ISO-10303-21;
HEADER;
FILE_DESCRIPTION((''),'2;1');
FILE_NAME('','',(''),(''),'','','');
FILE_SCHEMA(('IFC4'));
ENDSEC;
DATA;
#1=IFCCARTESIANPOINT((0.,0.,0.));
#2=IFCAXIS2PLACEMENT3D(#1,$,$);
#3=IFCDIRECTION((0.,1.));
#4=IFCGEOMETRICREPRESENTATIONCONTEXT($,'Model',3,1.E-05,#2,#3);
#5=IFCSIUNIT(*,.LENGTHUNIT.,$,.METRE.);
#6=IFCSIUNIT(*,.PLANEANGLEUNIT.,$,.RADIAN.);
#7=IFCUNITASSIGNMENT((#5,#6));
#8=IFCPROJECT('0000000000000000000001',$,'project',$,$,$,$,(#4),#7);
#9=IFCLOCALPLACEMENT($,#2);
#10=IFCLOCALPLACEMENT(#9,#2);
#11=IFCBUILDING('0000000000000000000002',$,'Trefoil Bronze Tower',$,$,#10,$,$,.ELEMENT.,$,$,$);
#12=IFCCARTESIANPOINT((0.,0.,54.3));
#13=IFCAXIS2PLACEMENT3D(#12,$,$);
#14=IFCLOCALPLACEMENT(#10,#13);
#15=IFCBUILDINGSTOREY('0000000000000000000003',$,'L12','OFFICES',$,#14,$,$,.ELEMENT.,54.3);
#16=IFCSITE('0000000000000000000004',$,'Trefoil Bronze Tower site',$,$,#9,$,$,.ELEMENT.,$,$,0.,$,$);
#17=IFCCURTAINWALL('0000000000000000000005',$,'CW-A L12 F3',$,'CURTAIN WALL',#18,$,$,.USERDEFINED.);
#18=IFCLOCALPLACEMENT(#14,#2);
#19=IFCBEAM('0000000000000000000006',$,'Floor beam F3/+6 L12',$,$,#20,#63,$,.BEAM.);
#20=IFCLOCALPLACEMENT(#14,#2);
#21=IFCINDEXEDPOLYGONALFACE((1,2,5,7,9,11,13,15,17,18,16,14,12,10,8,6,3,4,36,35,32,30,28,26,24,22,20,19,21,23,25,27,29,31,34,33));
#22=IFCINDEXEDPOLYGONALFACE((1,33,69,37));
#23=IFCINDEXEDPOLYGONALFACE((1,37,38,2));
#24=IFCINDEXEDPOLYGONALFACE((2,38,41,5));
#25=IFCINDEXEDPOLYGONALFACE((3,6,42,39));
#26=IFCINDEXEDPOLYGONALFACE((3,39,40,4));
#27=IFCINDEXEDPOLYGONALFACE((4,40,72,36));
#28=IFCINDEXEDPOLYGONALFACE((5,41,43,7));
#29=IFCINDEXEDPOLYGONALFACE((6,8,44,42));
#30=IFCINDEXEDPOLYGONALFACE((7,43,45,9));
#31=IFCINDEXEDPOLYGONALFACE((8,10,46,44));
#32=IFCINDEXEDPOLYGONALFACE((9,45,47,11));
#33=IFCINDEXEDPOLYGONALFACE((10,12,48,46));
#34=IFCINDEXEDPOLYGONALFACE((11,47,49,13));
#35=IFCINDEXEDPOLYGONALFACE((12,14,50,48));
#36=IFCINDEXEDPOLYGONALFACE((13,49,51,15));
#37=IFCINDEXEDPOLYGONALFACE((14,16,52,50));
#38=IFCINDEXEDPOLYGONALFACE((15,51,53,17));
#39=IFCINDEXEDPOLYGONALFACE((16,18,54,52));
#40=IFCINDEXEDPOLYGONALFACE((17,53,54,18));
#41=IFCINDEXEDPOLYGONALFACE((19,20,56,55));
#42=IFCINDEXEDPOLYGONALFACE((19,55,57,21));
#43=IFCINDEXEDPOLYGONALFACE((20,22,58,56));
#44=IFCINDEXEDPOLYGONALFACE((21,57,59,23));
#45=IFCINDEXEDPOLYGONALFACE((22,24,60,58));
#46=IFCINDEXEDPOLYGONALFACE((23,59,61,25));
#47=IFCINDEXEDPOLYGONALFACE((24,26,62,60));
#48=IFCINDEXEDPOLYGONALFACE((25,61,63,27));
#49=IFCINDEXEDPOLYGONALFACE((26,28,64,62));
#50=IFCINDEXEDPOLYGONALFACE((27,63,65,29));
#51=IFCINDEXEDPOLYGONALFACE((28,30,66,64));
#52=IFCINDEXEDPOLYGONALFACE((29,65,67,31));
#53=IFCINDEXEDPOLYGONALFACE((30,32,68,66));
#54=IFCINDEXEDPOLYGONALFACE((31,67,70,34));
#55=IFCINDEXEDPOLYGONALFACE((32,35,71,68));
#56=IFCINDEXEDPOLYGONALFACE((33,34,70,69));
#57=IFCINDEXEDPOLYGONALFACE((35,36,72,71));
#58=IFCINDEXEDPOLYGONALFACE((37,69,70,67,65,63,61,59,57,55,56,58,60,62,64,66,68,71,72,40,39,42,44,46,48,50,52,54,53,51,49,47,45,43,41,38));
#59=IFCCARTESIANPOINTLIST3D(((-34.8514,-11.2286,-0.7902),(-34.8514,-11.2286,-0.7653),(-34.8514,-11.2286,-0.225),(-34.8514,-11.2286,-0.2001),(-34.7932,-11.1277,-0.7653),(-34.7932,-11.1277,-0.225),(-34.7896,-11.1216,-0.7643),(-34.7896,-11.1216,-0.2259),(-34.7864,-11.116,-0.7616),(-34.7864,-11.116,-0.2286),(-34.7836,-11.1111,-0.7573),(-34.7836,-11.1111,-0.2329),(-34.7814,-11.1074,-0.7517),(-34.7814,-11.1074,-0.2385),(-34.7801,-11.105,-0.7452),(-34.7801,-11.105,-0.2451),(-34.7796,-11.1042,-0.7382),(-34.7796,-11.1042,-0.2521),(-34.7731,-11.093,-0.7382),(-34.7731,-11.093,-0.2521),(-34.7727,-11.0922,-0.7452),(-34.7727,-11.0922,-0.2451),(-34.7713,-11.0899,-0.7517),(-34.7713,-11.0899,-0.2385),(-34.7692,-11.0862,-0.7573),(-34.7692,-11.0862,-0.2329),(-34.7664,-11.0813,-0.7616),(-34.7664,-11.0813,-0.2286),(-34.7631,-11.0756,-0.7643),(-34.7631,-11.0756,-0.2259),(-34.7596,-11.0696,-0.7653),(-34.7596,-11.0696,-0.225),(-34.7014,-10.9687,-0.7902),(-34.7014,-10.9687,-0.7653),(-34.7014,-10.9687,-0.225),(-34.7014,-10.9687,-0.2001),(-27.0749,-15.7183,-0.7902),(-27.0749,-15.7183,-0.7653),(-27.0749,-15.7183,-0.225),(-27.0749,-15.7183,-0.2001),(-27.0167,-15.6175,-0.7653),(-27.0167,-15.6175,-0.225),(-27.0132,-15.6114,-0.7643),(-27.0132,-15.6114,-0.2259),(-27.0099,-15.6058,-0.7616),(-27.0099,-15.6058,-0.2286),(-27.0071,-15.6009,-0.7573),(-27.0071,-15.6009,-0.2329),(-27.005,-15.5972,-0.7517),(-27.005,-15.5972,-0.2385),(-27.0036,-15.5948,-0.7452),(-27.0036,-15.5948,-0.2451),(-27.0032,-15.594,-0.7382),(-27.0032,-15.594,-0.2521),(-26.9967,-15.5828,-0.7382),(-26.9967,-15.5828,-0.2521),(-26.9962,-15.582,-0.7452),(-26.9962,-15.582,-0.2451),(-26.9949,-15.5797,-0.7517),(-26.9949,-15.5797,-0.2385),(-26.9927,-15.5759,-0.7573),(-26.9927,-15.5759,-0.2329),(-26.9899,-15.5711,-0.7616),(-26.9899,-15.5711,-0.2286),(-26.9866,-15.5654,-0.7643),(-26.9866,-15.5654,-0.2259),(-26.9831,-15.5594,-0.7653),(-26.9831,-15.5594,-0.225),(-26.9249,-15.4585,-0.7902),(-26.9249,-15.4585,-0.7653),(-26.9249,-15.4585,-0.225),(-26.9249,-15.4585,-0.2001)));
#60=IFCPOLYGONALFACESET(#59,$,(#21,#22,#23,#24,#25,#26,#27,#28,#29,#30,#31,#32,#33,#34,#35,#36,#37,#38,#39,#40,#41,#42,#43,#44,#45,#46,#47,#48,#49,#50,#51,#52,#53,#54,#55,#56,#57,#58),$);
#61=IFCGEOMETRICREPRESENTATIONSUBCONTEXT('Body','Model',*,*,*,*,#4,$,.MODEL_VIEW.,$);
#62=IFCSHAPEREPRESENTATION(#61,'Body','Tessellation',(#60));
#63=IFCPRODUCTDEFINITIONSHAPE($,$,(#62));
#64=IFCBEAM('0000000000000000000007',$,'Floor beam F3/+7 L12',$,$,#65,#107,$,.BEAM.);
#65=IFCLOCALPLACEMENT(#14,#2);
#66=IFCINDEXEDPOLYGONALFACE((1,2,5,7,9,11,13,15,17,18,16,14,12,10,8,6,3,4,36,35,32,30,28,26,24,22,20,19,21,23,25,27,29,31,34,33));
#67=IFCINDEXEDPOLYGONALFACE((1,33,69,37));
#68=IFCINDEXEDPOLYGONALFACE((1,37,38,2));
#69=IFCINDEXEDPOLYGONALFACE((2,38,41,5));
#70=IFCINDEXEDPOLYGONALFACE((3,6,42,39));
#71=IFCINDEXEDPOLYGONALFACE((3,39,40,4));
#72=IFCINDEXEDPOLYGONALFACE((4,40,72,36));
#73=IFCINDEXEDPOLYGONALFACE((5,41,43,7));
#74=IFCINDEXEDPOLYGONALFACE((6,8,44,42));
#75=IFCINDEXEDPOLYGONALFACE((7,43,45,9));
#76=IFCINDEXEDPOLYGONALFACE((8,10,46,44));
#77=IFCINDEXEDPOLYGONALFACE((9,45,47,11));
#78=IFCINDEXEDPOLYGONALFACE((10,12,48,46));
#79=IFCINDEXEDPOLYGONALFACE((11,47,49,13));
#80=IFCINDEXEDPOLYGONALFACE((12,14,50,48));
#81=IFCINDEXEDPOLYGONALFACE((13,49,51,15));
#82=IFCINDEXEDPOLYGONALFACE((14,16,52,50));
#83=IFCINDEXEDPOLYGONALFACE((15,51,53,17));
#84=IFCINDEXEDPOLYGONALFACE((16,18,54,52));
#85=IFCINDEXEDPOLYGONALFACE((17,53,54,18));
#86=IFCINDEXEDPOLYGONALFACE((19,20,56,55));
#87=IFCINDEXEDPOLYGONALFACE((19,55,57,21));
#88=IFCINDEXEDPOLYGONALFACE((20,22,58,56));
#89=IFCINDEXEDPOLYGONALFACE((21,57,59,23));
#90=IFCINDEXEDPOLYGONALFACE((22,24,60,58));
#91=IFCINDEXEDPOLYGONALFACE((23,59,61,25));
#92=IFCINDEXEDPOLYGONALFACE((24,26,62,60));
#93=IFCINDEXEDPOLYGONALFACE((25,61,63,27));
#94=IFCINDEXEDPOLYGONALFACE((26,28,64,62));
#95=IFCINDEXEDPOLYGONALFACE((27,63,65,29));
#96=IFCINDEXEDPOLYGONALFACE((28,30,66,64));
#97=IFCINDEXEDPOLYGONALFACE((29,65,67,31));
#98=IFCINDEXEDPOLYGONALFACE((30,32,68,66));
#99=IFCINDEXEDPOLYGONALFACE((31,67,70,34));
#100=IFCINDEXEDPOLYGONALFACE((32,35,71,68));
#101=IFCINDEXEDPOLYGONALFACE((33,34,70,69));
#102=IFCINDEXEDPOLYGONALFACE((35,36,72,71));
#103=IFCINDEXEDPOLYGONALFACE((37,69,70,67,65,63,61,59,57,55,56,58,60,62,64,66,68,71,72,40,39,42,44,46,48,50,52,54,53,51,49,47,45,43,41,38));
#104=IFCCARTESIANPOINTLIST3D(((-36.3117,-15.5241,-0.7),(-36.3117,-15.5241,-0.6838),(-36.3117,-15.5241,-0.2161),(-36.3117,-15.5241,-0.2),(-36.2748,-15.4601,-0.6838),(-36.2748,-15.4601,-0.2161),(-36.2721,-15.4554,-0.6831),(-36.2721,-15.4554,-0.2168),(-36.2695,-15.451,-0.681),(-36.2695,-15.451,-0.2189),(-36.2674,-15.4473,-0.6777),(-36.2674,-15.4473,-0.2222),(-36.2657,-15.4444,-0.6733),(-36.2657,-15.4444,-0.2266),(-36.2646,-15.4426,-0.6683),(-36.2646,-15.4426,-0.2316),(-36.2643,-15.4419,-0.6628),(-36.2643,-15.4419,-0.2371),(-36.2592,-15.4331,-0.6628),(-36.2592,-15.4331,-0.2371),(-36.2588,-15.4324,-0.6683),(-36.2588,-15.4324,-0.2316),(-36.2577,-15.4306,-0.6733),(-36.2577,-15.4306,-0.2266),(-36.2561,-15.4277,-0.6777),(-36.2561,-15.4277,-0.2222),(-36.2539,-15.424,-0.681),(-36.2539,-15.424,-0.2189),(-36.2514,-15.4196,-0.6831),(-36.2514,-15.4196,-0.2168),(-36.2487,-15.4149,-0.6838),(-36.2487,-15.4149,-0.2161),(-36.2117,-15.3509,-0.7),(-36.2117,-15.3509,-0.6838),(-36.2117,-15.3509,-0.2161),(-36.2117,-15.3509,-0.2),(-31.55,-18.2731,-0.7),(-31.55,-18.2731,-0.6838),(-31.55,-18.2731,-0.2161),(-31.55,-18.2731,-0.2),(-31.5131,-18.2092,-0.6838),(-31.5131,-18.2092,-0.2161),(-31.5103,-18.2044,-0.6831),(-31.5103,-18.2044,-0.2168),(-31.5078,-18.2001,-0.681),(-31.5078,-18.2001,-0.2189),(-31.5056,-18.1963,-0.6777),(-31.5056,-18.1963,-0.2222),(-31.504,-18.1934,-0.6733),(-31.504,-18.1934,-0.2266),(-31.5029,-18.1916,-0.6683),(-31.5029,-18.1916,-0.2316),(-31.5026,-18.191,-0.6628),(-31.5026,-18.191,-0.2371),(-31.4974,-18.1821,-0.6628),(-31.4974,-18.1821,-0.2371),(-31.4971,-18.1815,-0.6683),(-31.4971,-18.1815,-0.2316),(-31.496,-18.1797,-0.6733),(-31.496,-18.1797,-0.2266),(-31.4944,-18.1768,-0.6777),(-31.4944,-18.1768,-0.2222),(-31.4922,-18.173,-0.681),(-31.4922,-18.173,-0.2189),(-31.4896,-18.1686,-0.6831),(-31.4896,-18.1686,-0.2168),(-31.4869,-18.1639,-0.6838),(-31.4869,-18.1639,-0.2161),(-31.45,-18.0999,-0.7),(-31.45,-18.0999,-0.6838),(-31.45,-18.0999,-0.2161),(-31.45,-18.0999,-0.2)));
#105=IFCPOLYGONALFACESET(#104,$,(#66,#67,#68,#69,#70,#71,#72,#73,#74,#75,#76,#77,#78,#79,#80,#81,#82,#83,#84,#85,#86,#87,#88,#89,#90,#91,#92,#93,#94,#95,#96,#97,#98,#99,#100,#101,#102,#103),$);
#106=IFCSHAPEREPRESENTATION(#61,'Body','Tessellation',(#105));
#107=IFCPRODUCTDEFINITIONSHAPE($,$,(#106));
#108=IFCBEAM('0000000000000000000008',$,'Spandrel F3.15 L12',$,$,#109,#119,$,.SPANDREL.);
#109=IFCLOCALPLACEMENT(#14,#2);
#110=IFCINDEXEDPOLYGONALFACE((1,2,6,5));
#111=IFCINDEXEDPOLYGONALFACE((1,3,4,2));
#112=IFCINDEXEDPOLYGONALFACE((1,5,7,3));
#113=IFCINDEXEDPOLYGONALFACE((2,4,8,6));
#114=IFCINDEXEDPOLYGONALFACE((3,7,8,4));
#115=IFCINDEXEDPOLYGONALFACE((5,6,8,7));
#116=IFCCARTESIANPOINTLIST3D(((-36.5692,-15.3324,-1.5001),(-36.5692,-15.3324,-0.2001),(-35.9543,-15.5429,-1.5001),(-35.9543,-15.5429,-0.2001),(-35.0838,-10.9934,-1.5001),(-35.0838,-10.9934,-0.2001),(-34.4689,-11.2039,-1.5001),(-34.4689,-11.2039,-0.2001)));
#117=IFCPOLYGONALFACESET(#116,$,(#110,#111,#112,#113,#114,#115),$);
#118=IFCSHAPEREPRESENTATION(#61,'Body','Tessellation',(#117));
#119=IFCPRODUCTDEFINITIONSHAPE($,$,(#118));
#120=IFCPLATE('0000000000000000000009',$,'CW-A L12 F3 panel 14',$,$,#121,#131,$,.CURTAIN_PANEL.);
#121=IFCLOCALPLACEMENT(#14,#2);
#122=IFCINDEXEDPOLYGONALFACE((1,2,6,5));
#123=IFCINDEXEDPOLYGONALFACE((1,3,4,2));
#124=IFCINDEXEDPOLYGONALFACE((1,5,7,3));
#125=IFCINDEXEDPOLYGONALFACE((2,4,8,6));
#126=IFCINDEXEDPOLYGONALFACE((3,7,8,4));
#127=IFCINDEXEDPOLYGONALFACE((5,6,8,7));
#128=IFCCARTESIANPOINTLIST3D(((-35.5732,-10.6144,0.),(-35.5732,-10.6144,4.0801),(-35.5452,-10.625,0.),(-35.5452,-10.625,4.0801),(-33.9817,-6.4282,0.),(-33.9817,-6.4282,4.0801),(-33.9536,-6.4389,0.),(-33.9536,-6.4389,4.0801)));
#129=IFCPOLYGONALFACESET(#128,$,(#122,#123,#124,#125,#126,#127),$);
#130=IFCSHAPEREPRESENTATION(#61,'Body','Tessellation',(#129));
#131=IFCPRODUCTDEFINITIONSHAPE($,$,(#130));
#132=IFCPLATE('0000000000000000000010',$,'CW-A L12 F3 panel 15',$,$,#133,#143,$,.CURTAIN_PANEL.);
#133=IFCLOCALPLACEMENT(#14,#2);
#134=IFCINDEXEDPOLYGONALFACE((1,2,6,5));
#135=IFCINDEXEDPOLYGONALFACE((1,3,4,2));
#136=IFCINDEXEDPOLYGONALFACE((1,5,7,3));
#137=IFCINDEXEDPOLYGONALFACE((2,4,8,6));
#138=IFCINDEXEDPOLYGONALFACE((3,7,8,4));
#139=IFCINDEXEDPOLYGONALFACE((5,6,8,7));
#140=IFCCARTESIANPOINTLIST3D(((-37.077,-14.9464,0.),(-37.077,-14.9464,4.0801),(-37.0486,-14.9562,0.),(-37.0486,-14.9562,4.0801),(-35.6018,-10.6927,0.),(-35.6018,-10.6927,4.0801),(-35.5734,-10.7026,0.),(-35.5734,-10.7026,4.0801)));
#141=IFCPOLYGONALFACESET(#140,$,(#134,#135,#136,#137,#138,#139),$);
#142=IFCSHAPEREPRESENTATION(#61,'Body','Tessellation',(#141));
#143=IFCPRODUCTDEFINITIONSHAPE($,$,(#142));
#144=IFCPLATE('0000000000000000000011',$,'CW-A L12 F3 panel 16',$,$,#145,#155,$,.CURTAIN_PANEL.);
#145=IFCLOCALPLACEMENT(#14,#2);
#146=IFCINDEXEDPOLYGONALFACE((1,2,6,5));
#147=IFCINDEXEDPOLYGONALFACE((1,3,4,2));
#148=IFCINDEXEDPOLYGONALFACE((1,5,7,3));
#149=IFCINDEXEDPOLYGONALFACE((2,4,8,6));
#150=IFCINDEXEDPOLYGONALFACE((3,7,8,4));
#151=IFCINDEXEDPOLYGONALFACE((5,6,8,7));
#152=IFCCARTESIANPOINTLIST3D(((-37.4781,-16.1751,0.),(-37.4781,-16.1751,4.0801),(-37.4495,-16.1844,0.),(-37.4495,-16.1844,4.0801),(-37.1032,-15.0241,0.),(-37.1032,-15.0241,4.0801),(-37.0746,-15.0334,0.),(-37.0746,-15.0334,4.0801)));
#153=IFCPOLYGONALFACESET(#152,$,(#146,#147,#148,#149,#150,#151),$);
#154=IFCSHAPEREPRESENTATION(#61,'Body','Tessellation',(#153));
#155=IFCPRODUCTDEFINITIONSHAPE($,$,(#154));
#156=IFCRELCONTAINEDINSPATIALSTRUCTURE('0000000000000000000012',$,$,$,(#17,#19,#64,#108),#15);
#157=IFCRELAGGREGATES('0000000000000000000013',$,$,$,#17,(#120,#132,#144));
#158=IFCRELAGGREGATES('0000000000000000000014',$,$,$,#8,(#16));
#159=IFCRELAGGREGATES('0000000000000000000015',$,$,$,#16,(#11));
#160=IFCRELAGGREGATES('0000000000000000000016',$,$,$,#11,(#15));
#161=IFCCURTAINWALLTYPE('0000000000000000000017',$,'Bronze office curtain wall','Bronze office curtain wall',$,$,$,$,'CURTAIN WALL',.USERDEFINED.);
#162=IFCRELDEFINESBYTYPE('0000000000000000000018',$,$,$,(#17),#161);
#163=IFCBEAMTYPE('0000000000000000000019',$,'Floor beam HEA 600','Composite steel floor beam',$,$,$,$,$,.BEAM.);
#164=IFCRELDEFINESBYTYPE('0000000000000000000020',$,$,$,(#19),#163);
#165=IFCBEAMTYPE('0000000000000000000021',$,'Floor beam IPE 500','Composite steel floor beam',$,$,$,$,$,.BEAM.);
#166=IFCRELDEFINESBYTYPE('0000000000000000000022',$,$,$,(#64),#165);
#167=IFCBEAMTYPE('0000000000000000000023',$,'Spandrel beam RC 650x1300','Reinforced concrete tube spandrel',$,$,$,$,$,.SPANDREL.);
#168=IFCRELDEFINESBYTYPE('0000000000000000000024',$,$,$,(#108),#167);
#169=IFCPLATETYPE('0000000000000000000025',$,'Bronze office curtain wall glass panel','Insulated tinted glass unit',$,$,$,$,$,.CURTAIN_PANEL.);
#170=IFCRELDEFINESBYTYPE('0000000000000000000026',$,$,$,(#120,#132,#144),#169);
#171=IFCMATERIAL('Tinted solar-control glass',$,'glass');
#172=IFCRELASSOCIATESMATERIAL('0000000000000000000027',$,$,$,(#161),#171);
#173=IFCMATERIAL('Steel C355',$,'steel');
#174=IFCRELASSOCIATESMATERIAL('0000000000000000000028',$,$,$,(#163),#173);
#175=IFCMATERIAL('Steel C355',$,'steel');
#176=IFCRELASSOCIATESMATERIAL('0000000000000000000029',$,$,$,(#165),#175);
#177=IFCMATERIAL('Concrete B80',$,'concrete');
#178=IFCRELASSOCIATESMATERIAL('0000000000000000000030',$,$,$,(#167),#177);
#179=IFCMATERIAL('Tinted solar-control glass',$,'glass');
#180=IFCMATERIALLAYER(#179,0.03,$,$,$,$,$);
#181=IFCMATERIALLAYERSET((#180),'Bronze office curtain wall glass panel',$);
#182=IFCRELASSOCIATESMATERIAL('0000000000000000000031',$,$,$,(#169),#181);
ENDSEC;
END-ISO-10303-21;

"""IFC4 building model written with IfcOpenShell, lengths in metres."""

from ifc_helpers import new_model, si_unit, direction, frame, origin, origin_2d, place, context, subcontext, project, spatial, rectangle, i_section, extrude, material, layer, layer_set, material_profile, profile_set, type_object, element, aggregate, save


model = new_model("IFC4")

# Units and contexts
model_context = context("Model", 3, precision=1e-05, world=origin(), true_north=direction((0.0, 1.0)))
body_context = subcontext(model_context, "Body", "Model", "MODEL_VIEW")
ifc_project = project(units=[si_unit("LENGTHUNIT", "METRE"), si_unit("PLANEANGLEUNIT", "RADIAN")], contexts=[model_context])

# Site, building, storey
site_placement = place(None, origin())
site = spatial("IfcSite", under=ifc_project, at=site_placement, Name="Trefoil Bronze Tower site", CompositionType="ELEMENT", RefElevation=0.0)
building_placement = place(site_placement, origin())
building = spatial("IfcBuilding", under=site, at=building_placement, Name="Trefoil Bronze Tower", CompositionType="ELEMENT")
storey_placement = place(building_placement, frame((0.0, 0.0, 54.3)))
storey = spatial("IfcBuildingStorey", under=building, at=storey_placement, Name="L12", Description="OFFICES", CompositionType="ELEMENT", Elevation=54.3)

# Curtain wall
ifc_material_1 = material(Name="Tinted solar-control glass", Category="glass")
curtain_wall_type_1 = type_object("IfcCurtainWallType", Name="Bronze office curtain wall", Description="Bronze office curtain wall", ElementType="CURTAIN WALL", PredefinedType="USERDEFINED", material=ifc_material_1)
curtain_wall_1_placement = place(storey_placement, origin())
curtain_wall_1 = element("IfcCurtainWall", 1, at=curtain_wall_1_placement, inside=storey, type_object=curtain_wall_type_1, Name="CW-A L12 F3", ObjectType="CURTAIN WALL", PredefinedType="USERDEFINED")

# Beams
ifc_material_2 = material(Name="Steel C355", Category="steel")
ifc_material_profile_1 = material_profile(ifc_material_2, i_section(OverallWidth=0.3, OverallDepth=0.5901, WebThickness=0.0129, FlangeThickness=0.0249, FilletRadius=0.0271, at=origin_2d()), Name="HEA 600")
ifc_profile_set_1 = profile_set([ifc_material_profile_1], Name="Steel C355")
beam_type_1 = type_object("IfcBeamType", Name="Floor beam HEA 600", Description="Composite steel floor beam", PredefinedType="BEAM", material=ifc_profile_set_1)
beam_1_placement = place(storey_placement, frame((-34.7764, -11.0986, -0.4951), z_axis=(0.866023, -0.500005, 0.0), x_axis=(0.500005, 0.866023, 0.0)))
element("IfcBeam", 2, at=beam_1_placement, inside=storey, type_object=beam_type_1, Name="Floor beam F3/+6 L12", PredefinedType="BEAM", context=body_context, shape_type="SweptSolid", body=[
    extrude(i_section(OverallWidth=0.3, OverallDepth=0.5901, WebThickness=0.0129, FlangeThickness=0.0249, FilletRadius=0.0271, at=origin_2d()), origin(), (0.0, 0.0, 1.0), 8.9795),
])
ifc_material_3 = material(Name="Steel C355", Category="steel")
ifc_material_profile_2 = material_profile(ifc_material_3, i_section(OverallWidth=0.2, OverallDepth=0.5, WebThickness=0.0103, FlangeThickness=0.0161, FilletRadius=0.021, at=origin_2d()), Name="IPE 500")
ifc_profile_set_2 = profile_set([ifc_material_profile_2], Name="Steel C355")
beam_type_2 = type_object("IfcBeamType", Name="Floor beam IPE 500", Description="Composite steel floor beam", PredefinedType="BEAM", material=ifc_profile_set_2)
beam_2_placement = place(storey_placement, frame((-36.2617, -15.4375, -0.45), z_axis=(0.866038, -0.499979, 0.0), x_axis=(0.499979, 0.866038, 0.0)))
element("IfcBeam", 3, at=beam_2_placement, inside=storey, type_object=beam_type_2, Name="Floor beam F3/+7 L12", PredefinedType="BEAM", context=body_context, shape_type="SweptSolid", body=[
    extrude(i_section(OverallWidth=0.2, OverallDepth=0.5, WebThickness=0.0103, FlangeThickness=0.0161, FilletRadius=0.021, at=origin_2d()), origin(), (0.0, 0.0, 1.0), 5.4983),
])
ifc_material_4 = material(Name="Concrete B80", Category="concrete")
ifc_material_profile_3 = material_profile(ifc_material_4, rectangle(XDim=0.6499, YDim=1.3, at=origin_2d()), Name="RC 650x1300")
ifc_profile_set_3 = profile_set([ifc_material_profile_3], Name="Concrete B80")
beam_type_3 = type_object("IfcBeamType", Name="Spandrel beam RC 650x1300", Description="Reinforced concrete tube spandrel", PredefinedType="SPANDREL", material=ifc_profile_set_3)
beam_3_placement = place(storey_placement, frame((-34.7764, -11.0986, -0.8501), z_axis=(-0.323883, -0.946097, 0.0), x_axis=(0.946097, -0.323883, 0.0)))
element("IfcBeam", 4, at=beam_3_placement, inside=storey, type_object=beam_type_3, Name="Spandrel F3.15 L12", PredefinedType="SPANDREL", context=body_context, shape_type="SweptSolid", body=[
    extrude(rectangle(XDim=0.6499, YDim=1.3, at=origin_2d()), origin(), (0.0, 0.0, 1.0), 4.5862),
])

# Plates
ifc_material_5 = material(Name="Tinted solar-control glass", Category="glass")
ifc_layer_1 = layer(ifc_material_5, 0.03)
ifc_layer_set_1 = layer_set([ifc_layer_1], Name="Bronze office curtain wall glass panel")
plate_type = type_object("IfcPlateType", Name="Bronze office curtain wall glass panel", Description="Insulated tinted glass unit", PredefinedType="CURTAIN_PANEL", material=ifc_layer_set_1)
plate_1_placement = place(storey_placement, frame((-34.7634, -8.5266, 0.0), z_axis=(0.0, 0.0, 1.0), x_axis=(-0.355371, -0.934725, 0.0)))
plate_1 = element("IfcPlate", 5, at=plate_1_placement, type_object=plate_type, Name="CW-A L12 F3 panel 14", PredefinedType="CURTAIN_PANEL", context=body_context, shape_type="SweptSolid", body=[
    extrude(rectangle(XDim=4.4785, YDim=0.03, at=origin_2d()), origin(), (0.0, 0.0, 1.0), 4.0801),
])
plate_2_placement = place(storey_placement, frame((-36.3252, -12.8245, 0.0), z_axis=(0.0, 0.0, 1.0), x_axis=(-0.327674, -0.944791, 0.0)))
plate_2 = element("IfcPlate", 6, at=plate_2_placement, type_object=plate_type, Name="CW-A L12 F3 panel 15", PredefinedType="CURTAIN_PANEL", context=body_context, shape_type="SweptSolid", body=[
    extrude(rectangle(XDim=4.5022, YDim=0.03, at=origin_2d()), origin(), (0.0, 0.0, 1.0), 4.0801),
])
plate_3_placement = place(storey_placement, frame((-37.2764, -15.6042, 0.0), z_axis=(0.0, 0.0, 1.0), x_axis=(-0.309728, -0.950825, 0.0)))
plate_3 = element("IfcPlate", 7, at=plate_3_placement, type_object=plate_type, Name="CW-A L12 F3 panel 16", PredefinedType="CURTAIN_PANEL", context=body_context, shape_type="SweptSolid", body=[
    extrude(rectangle(XDim=1.2104, YDim=0.03, at=origin_2d()), origin(), (0.0, 0.0, 1.0), 4.0801),
])
aggregate(curtain_wall_1, [plate_1, plate_2, plate_3])

save(model, "model.ifc")
